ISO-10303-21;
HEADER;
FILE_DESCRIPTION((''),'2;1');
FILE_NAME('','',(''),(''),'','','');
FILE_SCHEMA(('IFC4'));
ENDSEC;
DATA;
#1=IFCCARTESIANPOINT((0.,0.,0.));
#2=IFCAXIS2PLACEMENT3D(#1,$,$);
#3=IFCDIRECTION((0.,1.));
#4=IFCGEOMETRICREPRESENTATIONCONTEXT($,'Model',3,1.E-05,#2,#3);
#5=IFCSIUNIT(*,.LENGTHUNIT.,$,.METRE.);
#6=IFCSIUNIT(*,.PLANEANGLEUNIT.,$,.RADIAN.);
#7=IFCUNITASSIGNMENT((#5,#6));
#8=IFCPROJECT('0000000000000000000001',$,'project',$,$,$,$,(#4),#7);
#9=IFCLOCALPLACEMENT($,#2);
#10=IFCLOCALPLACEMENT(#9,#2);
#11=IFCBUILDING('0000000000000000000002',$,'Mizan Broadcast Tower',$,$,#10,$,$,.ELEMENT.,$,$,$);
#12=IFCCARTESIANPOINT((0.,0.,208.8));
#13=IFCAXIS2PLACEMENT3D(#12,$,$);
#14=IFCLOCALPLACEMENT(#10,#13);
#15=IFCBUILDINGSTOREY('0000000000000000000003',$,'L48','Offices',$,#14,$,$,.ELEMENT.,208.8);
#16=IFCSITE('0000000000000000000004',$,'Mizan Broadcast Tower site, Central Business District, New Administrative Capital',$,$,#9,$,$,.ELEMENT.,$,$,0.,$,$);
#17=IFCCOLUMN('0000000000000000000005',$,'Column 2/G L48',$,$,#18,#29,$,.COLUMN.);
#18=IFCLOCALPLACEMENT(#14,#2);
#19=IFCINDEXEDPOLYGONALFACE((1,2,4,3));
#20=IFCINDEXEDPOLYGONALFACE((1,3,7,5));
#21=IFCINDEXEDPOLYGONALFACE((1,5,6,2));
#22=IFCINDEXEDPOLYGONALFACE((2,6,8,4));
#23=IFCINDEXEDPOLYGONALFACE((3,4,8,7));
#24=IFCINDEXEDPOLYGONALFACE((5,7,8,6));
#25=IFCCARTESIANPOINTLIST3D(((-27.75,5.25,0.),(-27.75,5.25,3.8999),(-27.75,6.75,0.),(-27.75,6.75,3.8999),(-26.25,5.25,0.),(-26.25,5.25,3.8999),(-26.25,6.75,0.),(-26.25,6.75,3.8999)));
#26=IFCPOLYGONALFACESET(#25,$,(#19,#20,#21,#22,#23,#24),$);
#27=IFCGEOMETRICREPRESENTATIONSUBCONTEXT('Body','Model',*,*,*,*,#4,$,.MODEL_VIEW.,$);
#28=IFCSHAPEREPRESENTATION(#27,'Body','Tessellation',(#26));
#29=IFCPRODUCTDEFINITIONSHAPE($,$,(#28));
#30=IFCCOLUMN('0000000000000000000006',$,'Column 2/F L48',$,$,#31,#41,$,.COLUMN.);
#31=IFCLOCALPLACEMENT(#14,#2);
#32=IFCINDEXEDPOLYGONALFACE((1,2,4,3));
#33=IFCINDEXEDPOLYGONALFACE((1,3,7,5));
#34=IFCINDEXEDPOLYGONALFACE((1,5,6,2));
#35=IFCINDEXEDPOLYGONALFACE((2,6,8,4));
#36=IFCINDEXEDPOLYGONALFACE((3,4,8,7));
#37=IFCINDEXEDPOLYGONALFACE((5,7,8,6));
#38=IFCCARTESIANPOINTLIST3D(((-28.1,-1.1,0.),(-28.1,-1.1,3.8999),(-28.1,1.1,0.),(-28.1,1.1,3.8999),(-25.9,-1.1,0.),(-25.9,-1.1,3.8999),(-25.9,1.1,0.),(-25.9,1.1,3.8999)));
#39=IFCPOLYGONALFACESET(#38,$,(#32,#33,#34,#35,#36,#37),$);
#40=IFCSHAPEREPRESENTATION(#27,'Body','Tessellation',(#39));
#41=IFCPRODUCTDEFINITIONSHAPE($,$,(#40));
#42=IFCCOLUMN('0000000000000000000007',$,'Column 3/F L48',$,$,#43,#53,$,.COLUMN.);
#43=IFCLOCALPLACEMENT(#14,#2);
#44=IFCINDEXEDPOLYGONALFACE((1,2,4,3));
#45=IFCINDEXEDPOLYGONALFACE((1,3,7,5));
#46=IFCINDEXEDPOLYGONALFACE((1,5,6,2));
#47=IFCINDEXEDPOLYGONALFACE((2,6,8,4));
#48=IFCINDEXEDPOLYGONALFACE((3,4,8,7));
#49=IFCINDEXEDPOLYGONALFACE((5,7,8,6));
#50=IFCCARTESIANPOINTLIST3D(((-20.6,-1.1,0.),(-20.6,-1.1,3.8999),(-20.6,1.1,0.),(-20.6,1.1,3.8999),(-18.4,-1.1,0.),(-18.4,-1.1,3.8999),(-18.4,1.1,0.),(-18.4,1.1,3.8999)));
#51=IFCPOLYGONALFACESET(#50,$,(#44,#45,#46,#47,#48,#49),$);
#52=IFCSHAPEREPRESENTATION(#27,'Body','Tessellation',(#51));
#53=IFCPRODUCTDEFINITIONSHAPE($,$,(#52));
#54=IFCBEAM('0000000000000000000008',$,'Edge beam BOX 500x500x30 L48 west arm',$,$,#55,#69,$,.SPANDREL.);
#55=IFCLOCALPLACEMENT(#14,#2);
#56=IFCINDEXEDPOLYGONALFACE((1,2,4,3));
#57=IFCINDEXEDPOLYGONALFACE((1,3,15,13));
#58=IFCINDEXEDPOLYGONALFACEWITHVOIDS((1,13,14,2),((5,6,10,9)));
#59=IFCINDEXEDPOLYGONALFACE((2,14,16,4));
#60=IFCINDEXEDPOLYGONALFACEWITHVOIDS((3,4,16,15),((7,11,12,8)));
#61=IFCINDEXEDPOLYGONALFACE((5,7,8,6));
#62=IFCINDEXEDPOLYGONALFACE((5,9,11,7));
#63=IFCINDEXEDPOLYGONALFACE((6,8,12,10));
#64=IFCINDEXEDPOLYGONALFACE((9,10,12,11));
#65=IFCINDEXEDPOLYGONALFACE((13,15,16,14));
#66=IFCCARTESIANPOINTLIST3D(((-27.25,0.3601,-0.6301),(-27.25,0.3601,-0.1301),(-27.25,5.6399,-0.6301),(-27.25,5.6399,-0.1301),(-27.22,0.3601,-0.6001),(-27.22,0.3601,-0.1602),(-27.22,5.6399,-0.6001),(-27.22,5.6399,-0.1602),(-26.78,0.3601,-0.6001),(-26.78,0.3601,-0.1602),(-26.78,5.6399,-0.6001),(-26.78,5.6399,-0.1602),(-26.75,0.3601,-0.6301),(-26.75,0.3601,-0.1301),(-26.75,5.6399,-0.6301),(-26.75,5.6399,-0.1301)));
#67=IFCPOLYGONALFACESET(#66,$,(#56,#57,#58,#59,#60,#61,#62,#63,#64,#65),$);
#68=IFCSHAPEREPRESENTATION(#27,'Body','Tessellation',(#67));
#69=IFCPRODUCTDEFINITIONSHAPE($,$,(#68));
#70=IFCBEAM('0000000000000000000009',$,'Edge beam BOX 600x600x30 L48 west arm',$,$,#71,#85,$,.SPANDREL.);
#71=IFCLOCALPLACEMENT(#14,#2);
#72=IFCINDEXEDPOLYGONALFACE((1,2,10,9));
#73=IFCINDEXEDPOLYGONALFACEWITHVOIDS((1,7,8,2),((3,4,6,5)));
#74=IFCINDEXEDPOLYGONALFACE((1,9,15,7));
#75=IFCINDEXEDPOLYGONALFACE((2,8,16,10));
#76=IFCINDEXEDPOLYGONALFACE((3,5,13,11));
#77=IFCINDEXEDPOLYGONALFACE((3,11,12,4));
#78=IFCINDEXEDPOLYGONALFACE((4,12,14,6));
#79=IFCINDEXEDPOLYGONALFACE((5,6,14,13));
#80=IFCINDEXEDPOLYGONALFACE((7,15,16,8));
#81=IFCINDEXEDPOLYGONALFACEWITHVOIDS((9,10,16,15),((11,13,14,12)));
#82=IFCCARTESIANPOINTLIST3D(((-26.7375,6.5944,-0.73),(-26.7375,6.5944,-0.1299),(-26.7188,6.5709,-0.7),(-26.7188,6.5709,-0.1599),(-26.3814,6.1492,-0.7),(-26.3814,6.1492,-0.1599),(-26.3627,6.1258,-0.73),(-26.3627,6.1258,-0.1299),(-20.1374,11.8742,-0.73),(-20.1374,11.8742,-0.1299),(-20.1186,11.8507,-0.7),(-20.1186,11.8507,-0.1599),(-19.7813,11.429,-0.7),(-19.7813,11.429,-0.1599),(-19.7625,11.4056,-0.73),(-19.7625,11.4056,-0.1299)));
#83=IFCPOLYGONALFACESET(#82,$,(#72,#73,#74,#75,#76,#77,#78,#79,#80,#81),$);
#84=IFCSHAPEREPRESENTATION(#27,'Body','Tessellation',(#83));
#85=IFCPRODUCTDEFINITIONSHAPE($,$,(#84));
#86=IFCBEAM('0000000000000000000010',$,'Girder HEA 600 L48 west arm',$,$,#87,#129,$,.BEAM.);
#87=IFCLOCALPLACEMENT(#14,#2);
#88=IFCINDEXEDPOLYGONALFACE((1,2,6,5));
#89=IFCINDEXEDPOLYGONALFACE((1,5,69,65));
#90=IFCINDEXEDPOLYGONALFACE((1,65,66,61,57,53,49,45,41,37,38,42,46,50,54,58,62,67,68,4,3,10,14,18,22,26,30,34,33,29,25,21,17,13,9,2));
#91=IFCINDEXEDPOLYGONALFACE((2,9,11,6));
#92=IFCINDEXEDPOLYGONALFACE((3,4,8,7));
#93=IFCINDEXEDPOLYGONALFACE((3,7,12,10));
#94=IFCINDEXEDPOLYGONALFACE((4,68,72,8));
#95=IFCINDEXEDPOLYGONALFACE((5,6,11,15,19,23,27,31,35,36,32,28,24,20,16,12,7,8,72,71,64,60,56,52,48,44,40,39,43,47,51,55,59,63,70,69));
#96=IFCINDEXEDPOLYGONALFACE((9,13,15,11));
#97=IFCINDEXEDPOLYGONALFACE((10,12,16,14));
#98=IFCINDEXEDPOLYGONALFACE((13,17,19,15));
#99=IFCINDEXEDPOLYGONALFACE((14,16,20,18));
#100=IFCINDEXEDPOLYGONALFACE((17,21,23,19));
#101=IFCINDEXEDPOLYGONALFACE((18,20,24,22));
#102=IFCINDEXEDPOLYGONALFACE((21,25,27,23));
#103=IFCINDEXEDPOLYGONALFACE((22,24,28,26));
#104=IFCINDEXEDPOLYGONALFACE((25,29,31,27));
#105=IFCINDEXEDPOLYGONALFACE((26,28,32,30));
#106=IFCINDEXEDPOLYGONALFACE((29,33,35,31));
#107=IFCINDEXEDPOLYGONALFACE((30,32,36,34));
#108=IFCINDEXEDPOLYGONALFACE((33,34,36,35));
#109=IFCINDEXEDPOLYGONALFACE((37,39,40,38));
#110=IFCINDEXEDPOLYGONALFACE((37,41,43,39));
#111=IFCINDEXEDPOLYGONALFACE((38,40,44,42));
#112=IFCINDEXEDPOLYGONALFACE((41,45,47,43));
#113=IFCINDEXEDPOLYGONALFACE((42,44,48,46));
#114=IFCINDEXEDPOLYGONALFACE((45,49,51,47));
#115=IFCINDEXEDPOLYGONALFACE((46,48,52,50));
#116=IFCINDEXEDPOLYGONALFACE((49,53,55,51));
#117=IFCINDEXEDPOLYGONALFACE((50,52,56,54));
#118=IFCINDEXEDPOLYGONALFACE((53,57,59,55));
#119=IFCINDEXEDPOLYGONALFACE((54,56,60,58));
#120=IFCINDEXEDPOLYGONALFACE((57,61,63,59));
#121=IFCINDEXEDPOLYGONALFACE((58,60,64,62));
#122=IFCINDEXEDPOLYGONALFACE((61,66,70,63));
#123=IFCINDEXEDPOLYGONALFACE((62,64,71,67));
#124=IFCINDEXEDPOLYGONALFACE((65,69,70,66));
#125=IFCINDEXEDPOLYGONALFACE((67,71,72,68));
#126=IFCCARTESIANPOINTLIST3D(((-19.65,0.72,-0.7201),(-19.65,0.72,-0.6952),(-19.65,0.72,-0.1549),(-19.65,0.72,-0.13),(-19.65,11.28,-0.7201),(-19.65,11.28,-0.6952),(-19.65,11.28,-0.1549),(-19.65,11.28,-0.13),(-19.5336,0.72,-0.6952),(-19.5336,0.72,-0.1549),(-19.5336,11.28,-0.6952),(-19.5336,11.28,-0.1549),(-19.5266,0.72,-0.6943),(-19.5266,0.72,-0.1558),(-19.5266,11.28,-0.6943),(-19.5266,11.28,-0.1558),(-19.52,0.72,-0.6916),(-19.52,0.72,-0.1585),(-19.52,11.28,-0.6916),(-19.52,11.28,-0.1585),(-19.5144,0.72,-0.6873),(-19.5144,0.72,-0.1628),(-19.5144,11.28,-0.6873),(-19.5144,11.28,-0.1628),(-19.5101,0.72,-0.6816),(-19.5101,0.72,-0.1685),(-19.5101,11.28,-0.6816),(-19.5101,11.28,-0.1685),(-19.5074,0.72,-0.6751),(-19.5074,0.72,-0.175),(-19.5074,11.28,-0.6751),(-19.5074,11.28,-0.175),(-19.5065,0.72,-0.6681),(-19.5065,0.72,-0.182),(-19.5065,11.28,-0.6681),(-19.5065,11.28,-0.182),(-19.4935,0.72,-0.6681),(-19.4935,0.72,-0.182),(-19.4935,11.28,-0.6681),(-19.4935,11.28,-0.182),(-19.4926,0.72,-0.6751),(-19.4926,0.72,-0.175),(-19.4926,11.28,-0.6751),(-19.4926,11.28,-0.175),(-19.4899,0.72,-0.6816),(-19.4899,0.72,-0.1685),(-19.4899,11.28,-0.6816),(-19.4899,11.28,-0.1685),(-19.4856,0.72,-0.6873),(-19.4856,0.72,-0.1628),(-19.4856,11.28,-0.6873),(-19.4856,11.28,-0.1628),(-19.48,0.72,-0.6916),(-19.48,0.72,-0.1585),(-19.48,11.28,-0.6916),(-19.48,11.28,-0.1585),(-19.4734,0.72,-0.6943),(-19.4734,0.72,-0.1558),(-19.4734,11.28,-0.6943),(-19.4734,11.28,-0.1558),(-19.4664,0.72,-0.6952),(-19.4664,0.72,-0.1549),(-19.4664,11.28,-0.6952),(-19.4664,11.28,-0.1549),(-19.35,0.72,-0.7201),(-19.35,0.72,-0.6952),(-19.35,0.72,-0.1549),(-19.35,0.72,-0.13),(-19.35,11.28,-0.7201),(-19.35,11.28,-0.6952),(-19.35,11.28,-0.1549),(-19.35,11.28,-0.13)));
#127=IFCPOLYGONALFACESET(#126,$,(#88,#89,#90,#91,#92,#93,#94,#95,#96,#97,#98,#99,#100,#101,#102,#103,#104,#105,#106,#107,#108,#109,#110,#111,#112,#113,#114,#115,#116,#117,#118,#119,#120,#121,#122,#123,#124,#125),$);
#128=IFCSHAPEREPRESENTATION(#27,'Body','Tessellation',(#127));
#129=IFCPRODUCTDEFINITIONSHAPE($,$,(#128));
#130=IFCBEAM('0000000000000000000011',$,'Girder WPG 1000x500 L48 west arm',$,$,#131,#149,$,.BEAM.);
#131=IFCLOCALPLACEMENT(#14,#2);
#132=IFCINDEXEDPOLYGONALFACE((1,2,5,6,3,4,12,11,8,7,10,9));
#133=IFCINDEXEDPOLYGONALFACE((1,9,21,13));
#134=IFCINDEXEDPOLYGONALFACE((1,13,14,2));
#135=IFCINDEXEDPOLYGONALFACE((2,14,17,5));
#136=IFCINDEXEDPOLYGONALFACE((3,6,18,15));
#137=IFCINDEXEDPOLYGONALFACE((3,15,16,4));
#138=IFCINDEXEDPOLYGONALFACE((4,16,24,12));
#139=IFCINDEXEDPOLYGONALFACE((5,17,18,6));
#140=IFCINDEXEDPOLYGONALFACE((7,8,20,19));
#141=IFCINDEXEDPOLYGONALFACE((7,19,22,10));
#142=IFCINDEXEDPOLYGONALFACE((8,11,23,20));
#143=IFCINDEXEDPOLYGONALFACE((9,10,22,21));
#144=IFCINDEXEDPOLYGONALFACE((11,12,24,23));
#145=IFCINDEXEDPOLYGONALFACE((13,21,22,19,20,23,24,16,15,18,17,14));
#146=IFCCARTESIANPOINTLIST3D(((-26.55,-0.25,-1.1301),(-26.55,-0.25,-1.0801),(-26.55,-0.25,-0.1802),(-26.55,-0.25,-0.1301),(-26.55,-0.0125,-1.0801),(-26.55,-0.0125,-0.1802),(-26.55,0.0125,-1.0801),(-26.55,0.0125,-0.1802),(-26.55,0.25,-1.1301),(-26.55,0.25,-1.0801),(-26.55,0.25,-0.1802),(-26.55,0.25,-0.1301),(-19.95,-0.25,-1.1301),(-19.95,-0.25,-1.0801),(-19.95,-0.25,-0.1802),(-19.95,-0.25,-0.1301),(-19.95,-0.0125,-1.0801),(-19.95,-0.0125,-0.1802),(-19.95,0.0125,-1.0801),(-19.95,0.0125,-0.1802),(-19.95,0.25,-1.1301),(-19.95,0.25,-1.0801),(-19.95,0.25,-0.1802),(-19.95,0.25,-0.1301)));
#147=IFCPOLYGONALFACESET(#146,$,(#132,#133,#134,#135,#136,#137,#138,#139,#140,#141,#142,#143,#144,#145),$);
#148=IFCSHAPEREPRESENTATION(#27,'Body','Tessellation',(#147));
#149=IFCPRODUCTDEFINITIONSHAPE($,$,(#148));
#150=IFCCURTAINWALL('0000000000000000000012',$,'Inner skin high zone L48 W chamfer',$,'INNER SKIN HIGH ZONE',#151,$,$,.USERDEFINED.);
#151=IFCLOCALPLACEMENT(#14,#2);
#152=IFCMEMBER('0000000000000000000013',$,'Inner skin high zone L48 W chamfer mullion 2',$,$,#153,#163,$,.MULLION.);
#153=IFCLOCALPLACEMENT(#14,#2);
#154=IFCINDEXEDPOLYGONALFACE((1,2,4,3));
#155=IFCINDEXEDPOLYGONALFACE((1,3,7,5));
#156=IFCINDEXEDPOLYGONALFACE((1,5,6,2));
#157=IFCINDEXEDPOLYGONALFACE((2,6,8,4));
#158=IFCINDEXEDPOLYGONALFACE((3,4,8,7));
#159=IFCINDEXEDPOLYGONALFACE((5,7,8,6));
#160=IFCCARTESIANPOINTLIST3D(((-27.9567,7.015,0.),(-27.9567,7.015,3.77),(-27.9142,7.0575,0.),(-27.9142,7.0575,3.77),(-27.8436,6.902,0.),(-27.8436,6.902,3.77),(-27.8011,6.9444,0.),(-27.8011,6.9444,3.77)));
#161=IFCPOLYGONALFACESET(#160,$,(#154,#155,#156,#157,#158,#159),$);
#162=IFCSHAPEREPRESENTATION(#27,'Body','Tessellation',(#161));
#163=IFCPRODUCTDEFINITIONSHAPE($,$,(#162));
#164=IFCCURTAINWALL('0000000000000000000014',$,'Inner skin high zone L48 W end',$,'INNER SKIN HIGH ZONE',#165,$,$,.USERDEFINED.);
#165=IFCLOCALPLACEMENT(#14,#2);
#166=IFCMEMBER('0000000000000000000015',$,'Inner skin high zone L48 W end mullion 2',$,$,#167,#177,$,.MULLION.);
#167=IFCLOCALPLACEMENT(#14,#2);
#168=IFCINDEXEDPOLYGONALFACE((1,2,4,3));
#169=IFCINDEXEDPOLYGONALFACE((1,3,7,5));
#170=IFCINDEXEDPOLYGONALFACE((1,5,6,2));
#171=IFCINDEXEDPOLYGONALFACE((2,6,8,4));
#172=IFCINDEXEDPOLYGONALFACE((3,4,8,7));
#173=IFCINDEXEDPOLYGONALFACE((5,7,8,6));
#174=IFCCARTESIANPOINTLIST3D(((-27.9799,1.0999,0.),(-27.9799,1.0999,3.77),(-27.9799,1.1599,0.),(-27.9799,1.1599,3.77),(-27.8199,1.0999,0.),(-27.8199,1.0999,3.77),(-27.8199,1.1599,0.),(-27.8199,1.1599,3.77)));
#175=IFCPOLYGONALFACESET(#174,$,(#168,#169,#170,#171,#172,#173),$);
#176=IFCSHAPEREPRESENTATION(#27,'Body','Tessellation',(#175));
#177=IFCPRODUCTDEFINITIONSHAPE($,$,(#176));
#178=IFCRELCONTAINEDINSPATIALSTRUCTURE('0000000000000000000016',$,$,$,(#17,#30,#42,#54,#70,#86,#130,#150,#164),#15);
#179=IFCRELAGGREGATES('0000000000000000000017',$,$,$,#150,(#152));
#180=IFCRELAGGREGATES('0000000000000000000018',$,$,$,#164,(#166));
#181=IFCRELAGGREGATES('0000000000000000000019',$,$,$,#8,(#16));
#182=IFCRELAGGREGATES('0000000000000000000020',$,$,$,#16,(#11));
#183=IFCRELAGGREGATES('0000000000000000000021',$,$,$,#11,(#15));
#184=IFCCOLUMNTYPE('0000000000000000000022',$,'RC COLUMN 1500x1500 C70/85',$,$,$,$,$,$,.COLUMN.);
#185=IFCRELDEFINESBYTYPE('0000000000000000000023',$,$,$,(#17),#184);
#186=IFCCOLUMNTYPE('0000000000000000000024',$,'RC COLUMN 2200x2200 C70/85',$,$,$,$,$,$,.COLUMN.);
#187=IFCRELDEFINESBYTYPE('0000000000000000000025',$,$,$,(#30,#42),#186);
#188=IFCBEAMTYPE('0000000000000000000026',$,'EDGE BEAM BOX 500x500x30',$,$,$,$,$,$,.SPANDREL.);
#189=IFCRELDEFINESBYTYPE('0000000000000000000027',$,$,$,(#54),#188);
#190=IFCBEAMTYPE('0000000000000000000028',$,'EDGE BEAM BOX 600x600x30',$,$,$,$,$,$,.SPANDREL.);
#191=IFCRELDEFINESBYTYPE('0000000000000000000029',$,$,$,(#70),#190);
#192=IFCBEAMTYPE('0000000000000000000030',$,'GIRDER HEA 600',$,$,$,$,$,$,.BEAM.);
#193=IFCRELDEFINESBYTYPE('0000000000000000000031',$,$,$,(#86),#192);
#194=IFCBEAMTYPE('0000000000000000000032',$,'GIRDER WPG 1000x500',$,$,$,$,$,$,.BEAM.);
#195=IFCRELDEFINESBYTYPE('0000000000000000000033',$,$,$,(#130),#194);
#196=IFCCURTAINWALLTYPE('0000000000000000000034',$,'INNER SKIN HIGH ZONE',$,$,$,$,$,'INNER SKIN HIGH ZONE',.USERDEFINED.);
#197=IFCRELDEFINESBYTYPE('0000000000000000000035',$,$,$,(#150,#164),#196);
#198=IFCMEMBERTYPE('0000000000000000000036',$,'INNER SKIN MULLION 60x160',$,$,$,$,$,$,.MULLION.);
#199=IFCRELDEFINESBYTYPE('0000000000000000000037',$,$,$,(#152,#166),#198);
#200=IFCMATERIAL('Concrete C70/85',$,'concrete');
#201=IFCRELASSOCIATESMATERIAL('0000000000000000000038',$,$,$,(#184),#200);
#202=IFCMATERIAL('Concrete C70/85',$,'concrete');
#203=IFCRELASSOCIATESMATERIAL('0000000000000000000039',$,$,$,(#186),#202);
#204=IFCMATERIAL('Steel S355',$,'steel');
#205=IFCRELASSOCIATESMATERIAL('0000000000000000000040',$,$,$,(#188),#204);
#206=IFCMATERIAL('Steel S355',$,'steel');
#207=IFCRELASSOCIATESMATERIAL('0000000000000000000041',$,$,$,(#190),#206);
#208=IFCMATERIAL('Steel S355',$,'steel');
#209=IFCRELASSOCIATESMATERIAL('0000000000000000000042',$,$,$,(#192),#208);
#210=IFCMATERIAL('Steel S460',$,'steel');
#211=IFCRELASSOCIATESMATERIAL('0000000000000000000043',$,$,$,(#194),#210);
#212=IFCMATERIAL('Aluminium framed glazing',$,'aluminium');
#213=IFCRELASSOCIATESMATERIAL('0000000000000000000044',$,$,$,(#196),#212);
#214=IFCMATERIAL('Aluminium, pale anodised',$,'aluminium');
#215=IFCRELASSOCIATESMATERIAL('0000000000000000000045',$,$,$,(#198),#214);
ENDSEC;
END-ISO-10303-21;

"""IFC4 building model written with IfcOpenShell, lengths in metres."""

from ifc_helpers import new_model, si_unit, direction, frame, origin, origin_2d, place, context, subcontext, project, spatial, rectangle, hollow_rectangle, i_section, extrude, material, material_profile, profile_set, type_object, element, aggregate, save


model = new_model("IFC4")

# Units and contexts
model_context = context("Model", 3, precision=1e-05, world=origin(), true_north=direction((0.0, 1.0)))
body_context = subcontext(model_context, "Body", "Model", "MODEL_VIEW")
ifc_project = project(units=[si_unit("LENGTHUNIT", "METRE"), si_unit("PLANEANGLEUNIT", "RADIAN")], contexts=[model_context])

# Site, building, storey
site_placement = place(None, origin())
site = spatial("IfcSite", under=ifc_project, at=site_placement, Name="Mizan Broadcast Tower site, Central Business District, New Administrative Capital", CompositionType="ELEMENT", RefElevation=0.0)
building_placement = place(site_placement, origin())
building = spatial("IfcBuilding", under=site, at=building_placement, Name="Mizan Broadcast Tower", CompositionType="ELEMENT")
storey_placement = place(building_placement, frame((0.0, 0.0, 208.8)))
storey = spatial("IfcBuildingStorey", under=building, at=storey_placement, Name="L48", Description="Offices", CompositionType="ELEMENT", Elevation=208.8)

# Columns
ifc_material_1 = material(Name="Concrete C70/85", Category="concrete")
ifc_material_profile_1 = material_profile(ifc_material_1, rectangle(XDim=1.5, YDim=1.5, at=origin_2d()), Name="RC 1500x1500")
ifc_profile_set_1 = profile_set([ifc_material_profile_1], Name="Concrete C70/85")
column_type_1 = type_object("IfcColumnType", Name="RC COLUMN 1500x1500 C70/85", PredefinedType="COLUMN", material=ifc_profile_set_1)
column_placement = place(storey_placement, frame((-27.0, 6.0, 0.0), z_axis=(0.0, 0.0, 1.0), x_axis=(1.0, 0.0, 0.0)))
element("IfcColumn", 1, at=column_placement, inside=storey, type_object=column_type_1, Name="Column 2/G L48", PredefinedType="COLUMN", context=body_context, shape_type="SweptSolid", body=[
    extrude(rectangle(XDim=1.5, YDim=1.5, at=origin_2d()), origin(), (0.0, 0.0, 1.0), 3.8999),
])
ifc_material_2 = material(Name="Concrete C70/85", Category="concrete")
ifc_material_profile_2 = material_profile(ifc_material_2, rectangle(XDim=2.2, YDim=2.2, at=origin_2d()), Name="RC 2200x2200")
ifc_profile_set_2 = profile_set([ifc_material_profile_2], Name="Concrete C70/85")
column_type_2 = type_object("IfcColumnType", Name="RC COLUMN 2200x2200 C70/85", PredefinedType="COLUMN", material=ifc_profile_set_2)
for number, where, z_axis, x_axis, name in (
    (2, (-27.0, 0.0, 0.0), (0.0, 0.0, 1.0), (1.0, 0.0, 0.0), "Column 2/F L48"),
    (3, (-19.5, 0.0, 0.0), (0.0, 0.0, 1.0), (1.0, 0.0, 0.0), "Column 3/F L48"),
):
    element("IfcColumn", number, at=place(storey_placement, frame(where, z_axis=z_axis, x_axis=x_axis)), inside=storey, type_object=column_type_2, Name=name, PredefinedType="COLUMN", context=body_context, shape_type="SweptSolid", body=[
        extrude(rectangle(XDim=2.2, YDim=2.2, at=origin_2d()), origin(), (0.0, 0.0, 1.0), 3.8999),
    ])

# Beams
ifc_material_3 = material(Name="Steel S355", Category="steel")
ifc_material_profile_3 = material_profile(ifc_material_3, hollow_rectangle(XDim=0.5, YDim=0.5, WallThickness=0.03, at=origin_2d()), Name="BOX 500x500x30")
ifc_profile_set_3 = profile_set([ifc_material_profile_3], Name="Steel S355")
beam_type_1 = type_object("IfcBeamType", Name="EDGE BEAM BOX 500x500x30", PredefinedType="SPANDREL", material=ifc_profile_set_3)
beam_1_placement = place(storey_placement, frame((-27.0, 5.6399, -0.3801), z_axis=(0.0, -1.0, 0.0), x_axis=(1.0, 0.0, 0.0)))
element("IfcBeam", 4, at=beam_1_placement, inside=storey, type_object=beam_type_1, Name="Edge beam BOX 500x500x30 L48 west arm", PredefinedType="SPANDREL", context=body_context, shape_type="SweptSolid", body=[
    extrude(hollow_rectangle(XDim=0.5, YDim=0.5, WallThickness=0.03, at=origin_2d()), origin(), (0.0, 0.0, 1.0), 5.2798),
])
ifc_material_4 = material(Name="Steel S355", Category="steel")
ifc_material_profile_4 = material_profile(ifc_material_4, hollow_rectangle(XDim=0.6001, YDim=0.6001, WallThickness=0.03, at=origin_2d()), Name="BOX 600x600x30")
ifc_profile_set_4 = profile_set([ifc_material_profile_4], Name="Steel S355")
beam_type_2 = type_object("IfcBeamType", Name="EDGE BEAM BOX 600x600x30", PredefinedType="SPANDREL", material=ifc_profile_set_4)
beam_2_placement = place(storey_placement, frame((-19.95, 11.6399, -0.4299), z_axis=(-0.780886, -0.624674, 0.0), x_axis=(0.624674, -0.780886, 0.0)))
element("IfcBeam", 5, at=beam_2_placement, inside=storey, type_object=beam_type_2, Name="Edge beam BOX 600x600x30 L48 west arm", PredefinedType="SPANDREL", context=body_context, shape_type="SweptSolid", body=[
    extrude(hollow_rectangle(XDim=0.6001, YDim=0.6001, WallThickness=0.03, at=origin_2d()), origin(), (0.0, 0.0, 1.0), 8.4521),
])
ifc_material_5 = material(Name="Steel S355", Category="steel")
ifc_material_profile_5 = material_profile(ifc_material_5, i_section(OverallWidth=0.3, OverallDepth=0.5901, WebThickness=0.0129, FlangeThickness=0.0249, FilletRadius=0.0271, at=origin_2d()), Name="HEA 600")
ifc_profile_set_5 = profile_set([ifc_material_profile_5], Name="Steel S355")
beam_type_3 = type_object("IfcBeamType", Name="GIRDER HEA 600", PredefinedType="BEAM", material=ifc_profile_set_5)
beam_3_placement = place(storey_placement, frame((-19.5, 11.28, -0.425), z_axis=(0.0, -1.0, 0.0), x_axis=(1.0, 0.0, 0.0)))
element("IfcBeam", 6, at=beam_3_placement, inside=storey, type_object=beam_type_3, Name="Girder HEA 600 L48 west arm", PredefinedType="BEAM", context=body_context, shape_type="SweptSolid", body=[
    extrude(i_section(OverallWidth=0.3, OverallDepth=0.5901, WebThickness=0.0129, FlangeThickness=0.0249, FilletRadius=0.0271, at=origin_2d()), origin(), (0.0, 0.0, 1.0), 10.5601),
])
ifc_material_6 = material(Name="Steel S460", Category="steel")
ifc_material_profile_6 = material_profile(ifc_material_6, i_section(OverallWidth=0.5, OverallDepth=1.0, WebThickness=0.0249, FlangeThickness=0.05, at=origin_2d()), Name="WPG 1000x500")
ifc_profile_set_6 = profile_set([ifc_material_profile_6], Name="Steel S460")
beam_type_4 = type_object("IfcBeamType", Name="GIRDER WPG 1000x500", PredefinedType="BEAM", material=ifc_profile_set_6)
beam_4_placement = place(storey_placement, frame((-19.95, 0.0, -0.6301), z_axis=(-1.0, 0.0, 0.0), x_axis=(0.0, -1.0, 0.0)))
element("IfcBeam", 7, at=beam_4_placement, inside=storey, type_object=beam_type_4, Name="Girder WPG 1000x500 L48 west arm", PredefinedType="BEAM", context=body_context, shape_type="SweptSolid", body=[
    extrude(i_section(OverallWidth=0.5, OverallDepth=1.0, WebThickness=0.0249, FlangeThickness=0.05, at=origin_2d()), origin(), (0.0, 0.0, 1.0), 6.6001),
])

# Curtain wall, member
ifc_material_7 = material(Name="Aluminium framed glazing", Category="aluminium")
curtain_wall_type_1 = type_object("IfcCurtainWallType", Name="INNER SKIN HIGH ZONE", ElementType="INNER SKIN HIGH ZONE", PredefinedType="USERDEFINED", material=ifc_material_7)
curtain_wall_1_placement = place(storey_placement, origin())
curtain_wall_1 = element("IfcCurtainWall", 8, at=curtain_wall_1_placement, inside=storey, type_object=curtain_wall_type_1, Name="Inner skin high zone L48 W chamfer", ObjectType="INNER SKIN HIGH ZONE", PredefinedType="USERDEFINED")
ifc_material_8 = material(Name="Aluminium, pale anodised", Category="aluminium")
ifc_material_profile_7 = material_profile(ifc_material_8, rectangle(XDim=0.1599, YDim=0.0601, at=origin_2d()), Name="MULLION 160x60")
ifc_profile_set_7 = profile_set([ifc_material_profile_7], Name="Aluminium, pale anodised")
member_type_1 = type_object("IfcMemberType", Name="INNER SKIN MULLION 60x160", PredefinedType="MULLION", material=ifc_profile_set_7)
member_1_placement = place(storey_placement, frame((-27.8789, 6.9797, 0.0), z_axis=(0.0, 0.0, 1.0), x_axis=(0.707107, -0.707107, 0.0)))
member_1 = element("IfcMember", 9, at=member_1_placement, type_object=member_type_1, Name="Inner skin high zone L48 W chamfer mullion 2", PredefinedType="MULLION", context=body_context, shape_type="SweptSolid", body=[
    extrude(rectangle(XDim=0.1599, YDim=0.0601, at=origin_2d()), origin(), (0.0, 0.0, 1.0), 3.77),
])

# Curtain wall, member
curtain_wall_2_placement = place(storey_placement, origin())
curtain_wall_2 = element("IfcCurtainWall", 10, at=curtain_wall_2_placement, inside=storey, type_object=curtain_wall_type_1, Name="Inner skin high zone L48 W end", ObjectType="INNER SKIN HIGH ZONE", PredefinedType="USERDEFINED")
member_2_placement = place(storey_placement, frame((-27.8999, 1.1299, 0.0), z_axis=(0.0, 0.0, 1.0), x_axis=(1.0, 0.0, 0.0)))
member_2 = element("IfcMember", 11, at=member_2_placement, type_object=member_type_1, Name="Inner skin high zone L48 W end mullion 2", PredefinedType="MULLION", context=body_context, shape_type="SweptSolid", body=[
    extrude(rectangle(XDim=0.1599, YDim=0.0601, at=origin_2d()), origin(), (0.0, 0.0, 1.0), 3.77),
])

aggregate(curtain_wall_1, [member_1])
aggregate(curtain_wall_2, [member_2])

save(model, "model.ifc")
